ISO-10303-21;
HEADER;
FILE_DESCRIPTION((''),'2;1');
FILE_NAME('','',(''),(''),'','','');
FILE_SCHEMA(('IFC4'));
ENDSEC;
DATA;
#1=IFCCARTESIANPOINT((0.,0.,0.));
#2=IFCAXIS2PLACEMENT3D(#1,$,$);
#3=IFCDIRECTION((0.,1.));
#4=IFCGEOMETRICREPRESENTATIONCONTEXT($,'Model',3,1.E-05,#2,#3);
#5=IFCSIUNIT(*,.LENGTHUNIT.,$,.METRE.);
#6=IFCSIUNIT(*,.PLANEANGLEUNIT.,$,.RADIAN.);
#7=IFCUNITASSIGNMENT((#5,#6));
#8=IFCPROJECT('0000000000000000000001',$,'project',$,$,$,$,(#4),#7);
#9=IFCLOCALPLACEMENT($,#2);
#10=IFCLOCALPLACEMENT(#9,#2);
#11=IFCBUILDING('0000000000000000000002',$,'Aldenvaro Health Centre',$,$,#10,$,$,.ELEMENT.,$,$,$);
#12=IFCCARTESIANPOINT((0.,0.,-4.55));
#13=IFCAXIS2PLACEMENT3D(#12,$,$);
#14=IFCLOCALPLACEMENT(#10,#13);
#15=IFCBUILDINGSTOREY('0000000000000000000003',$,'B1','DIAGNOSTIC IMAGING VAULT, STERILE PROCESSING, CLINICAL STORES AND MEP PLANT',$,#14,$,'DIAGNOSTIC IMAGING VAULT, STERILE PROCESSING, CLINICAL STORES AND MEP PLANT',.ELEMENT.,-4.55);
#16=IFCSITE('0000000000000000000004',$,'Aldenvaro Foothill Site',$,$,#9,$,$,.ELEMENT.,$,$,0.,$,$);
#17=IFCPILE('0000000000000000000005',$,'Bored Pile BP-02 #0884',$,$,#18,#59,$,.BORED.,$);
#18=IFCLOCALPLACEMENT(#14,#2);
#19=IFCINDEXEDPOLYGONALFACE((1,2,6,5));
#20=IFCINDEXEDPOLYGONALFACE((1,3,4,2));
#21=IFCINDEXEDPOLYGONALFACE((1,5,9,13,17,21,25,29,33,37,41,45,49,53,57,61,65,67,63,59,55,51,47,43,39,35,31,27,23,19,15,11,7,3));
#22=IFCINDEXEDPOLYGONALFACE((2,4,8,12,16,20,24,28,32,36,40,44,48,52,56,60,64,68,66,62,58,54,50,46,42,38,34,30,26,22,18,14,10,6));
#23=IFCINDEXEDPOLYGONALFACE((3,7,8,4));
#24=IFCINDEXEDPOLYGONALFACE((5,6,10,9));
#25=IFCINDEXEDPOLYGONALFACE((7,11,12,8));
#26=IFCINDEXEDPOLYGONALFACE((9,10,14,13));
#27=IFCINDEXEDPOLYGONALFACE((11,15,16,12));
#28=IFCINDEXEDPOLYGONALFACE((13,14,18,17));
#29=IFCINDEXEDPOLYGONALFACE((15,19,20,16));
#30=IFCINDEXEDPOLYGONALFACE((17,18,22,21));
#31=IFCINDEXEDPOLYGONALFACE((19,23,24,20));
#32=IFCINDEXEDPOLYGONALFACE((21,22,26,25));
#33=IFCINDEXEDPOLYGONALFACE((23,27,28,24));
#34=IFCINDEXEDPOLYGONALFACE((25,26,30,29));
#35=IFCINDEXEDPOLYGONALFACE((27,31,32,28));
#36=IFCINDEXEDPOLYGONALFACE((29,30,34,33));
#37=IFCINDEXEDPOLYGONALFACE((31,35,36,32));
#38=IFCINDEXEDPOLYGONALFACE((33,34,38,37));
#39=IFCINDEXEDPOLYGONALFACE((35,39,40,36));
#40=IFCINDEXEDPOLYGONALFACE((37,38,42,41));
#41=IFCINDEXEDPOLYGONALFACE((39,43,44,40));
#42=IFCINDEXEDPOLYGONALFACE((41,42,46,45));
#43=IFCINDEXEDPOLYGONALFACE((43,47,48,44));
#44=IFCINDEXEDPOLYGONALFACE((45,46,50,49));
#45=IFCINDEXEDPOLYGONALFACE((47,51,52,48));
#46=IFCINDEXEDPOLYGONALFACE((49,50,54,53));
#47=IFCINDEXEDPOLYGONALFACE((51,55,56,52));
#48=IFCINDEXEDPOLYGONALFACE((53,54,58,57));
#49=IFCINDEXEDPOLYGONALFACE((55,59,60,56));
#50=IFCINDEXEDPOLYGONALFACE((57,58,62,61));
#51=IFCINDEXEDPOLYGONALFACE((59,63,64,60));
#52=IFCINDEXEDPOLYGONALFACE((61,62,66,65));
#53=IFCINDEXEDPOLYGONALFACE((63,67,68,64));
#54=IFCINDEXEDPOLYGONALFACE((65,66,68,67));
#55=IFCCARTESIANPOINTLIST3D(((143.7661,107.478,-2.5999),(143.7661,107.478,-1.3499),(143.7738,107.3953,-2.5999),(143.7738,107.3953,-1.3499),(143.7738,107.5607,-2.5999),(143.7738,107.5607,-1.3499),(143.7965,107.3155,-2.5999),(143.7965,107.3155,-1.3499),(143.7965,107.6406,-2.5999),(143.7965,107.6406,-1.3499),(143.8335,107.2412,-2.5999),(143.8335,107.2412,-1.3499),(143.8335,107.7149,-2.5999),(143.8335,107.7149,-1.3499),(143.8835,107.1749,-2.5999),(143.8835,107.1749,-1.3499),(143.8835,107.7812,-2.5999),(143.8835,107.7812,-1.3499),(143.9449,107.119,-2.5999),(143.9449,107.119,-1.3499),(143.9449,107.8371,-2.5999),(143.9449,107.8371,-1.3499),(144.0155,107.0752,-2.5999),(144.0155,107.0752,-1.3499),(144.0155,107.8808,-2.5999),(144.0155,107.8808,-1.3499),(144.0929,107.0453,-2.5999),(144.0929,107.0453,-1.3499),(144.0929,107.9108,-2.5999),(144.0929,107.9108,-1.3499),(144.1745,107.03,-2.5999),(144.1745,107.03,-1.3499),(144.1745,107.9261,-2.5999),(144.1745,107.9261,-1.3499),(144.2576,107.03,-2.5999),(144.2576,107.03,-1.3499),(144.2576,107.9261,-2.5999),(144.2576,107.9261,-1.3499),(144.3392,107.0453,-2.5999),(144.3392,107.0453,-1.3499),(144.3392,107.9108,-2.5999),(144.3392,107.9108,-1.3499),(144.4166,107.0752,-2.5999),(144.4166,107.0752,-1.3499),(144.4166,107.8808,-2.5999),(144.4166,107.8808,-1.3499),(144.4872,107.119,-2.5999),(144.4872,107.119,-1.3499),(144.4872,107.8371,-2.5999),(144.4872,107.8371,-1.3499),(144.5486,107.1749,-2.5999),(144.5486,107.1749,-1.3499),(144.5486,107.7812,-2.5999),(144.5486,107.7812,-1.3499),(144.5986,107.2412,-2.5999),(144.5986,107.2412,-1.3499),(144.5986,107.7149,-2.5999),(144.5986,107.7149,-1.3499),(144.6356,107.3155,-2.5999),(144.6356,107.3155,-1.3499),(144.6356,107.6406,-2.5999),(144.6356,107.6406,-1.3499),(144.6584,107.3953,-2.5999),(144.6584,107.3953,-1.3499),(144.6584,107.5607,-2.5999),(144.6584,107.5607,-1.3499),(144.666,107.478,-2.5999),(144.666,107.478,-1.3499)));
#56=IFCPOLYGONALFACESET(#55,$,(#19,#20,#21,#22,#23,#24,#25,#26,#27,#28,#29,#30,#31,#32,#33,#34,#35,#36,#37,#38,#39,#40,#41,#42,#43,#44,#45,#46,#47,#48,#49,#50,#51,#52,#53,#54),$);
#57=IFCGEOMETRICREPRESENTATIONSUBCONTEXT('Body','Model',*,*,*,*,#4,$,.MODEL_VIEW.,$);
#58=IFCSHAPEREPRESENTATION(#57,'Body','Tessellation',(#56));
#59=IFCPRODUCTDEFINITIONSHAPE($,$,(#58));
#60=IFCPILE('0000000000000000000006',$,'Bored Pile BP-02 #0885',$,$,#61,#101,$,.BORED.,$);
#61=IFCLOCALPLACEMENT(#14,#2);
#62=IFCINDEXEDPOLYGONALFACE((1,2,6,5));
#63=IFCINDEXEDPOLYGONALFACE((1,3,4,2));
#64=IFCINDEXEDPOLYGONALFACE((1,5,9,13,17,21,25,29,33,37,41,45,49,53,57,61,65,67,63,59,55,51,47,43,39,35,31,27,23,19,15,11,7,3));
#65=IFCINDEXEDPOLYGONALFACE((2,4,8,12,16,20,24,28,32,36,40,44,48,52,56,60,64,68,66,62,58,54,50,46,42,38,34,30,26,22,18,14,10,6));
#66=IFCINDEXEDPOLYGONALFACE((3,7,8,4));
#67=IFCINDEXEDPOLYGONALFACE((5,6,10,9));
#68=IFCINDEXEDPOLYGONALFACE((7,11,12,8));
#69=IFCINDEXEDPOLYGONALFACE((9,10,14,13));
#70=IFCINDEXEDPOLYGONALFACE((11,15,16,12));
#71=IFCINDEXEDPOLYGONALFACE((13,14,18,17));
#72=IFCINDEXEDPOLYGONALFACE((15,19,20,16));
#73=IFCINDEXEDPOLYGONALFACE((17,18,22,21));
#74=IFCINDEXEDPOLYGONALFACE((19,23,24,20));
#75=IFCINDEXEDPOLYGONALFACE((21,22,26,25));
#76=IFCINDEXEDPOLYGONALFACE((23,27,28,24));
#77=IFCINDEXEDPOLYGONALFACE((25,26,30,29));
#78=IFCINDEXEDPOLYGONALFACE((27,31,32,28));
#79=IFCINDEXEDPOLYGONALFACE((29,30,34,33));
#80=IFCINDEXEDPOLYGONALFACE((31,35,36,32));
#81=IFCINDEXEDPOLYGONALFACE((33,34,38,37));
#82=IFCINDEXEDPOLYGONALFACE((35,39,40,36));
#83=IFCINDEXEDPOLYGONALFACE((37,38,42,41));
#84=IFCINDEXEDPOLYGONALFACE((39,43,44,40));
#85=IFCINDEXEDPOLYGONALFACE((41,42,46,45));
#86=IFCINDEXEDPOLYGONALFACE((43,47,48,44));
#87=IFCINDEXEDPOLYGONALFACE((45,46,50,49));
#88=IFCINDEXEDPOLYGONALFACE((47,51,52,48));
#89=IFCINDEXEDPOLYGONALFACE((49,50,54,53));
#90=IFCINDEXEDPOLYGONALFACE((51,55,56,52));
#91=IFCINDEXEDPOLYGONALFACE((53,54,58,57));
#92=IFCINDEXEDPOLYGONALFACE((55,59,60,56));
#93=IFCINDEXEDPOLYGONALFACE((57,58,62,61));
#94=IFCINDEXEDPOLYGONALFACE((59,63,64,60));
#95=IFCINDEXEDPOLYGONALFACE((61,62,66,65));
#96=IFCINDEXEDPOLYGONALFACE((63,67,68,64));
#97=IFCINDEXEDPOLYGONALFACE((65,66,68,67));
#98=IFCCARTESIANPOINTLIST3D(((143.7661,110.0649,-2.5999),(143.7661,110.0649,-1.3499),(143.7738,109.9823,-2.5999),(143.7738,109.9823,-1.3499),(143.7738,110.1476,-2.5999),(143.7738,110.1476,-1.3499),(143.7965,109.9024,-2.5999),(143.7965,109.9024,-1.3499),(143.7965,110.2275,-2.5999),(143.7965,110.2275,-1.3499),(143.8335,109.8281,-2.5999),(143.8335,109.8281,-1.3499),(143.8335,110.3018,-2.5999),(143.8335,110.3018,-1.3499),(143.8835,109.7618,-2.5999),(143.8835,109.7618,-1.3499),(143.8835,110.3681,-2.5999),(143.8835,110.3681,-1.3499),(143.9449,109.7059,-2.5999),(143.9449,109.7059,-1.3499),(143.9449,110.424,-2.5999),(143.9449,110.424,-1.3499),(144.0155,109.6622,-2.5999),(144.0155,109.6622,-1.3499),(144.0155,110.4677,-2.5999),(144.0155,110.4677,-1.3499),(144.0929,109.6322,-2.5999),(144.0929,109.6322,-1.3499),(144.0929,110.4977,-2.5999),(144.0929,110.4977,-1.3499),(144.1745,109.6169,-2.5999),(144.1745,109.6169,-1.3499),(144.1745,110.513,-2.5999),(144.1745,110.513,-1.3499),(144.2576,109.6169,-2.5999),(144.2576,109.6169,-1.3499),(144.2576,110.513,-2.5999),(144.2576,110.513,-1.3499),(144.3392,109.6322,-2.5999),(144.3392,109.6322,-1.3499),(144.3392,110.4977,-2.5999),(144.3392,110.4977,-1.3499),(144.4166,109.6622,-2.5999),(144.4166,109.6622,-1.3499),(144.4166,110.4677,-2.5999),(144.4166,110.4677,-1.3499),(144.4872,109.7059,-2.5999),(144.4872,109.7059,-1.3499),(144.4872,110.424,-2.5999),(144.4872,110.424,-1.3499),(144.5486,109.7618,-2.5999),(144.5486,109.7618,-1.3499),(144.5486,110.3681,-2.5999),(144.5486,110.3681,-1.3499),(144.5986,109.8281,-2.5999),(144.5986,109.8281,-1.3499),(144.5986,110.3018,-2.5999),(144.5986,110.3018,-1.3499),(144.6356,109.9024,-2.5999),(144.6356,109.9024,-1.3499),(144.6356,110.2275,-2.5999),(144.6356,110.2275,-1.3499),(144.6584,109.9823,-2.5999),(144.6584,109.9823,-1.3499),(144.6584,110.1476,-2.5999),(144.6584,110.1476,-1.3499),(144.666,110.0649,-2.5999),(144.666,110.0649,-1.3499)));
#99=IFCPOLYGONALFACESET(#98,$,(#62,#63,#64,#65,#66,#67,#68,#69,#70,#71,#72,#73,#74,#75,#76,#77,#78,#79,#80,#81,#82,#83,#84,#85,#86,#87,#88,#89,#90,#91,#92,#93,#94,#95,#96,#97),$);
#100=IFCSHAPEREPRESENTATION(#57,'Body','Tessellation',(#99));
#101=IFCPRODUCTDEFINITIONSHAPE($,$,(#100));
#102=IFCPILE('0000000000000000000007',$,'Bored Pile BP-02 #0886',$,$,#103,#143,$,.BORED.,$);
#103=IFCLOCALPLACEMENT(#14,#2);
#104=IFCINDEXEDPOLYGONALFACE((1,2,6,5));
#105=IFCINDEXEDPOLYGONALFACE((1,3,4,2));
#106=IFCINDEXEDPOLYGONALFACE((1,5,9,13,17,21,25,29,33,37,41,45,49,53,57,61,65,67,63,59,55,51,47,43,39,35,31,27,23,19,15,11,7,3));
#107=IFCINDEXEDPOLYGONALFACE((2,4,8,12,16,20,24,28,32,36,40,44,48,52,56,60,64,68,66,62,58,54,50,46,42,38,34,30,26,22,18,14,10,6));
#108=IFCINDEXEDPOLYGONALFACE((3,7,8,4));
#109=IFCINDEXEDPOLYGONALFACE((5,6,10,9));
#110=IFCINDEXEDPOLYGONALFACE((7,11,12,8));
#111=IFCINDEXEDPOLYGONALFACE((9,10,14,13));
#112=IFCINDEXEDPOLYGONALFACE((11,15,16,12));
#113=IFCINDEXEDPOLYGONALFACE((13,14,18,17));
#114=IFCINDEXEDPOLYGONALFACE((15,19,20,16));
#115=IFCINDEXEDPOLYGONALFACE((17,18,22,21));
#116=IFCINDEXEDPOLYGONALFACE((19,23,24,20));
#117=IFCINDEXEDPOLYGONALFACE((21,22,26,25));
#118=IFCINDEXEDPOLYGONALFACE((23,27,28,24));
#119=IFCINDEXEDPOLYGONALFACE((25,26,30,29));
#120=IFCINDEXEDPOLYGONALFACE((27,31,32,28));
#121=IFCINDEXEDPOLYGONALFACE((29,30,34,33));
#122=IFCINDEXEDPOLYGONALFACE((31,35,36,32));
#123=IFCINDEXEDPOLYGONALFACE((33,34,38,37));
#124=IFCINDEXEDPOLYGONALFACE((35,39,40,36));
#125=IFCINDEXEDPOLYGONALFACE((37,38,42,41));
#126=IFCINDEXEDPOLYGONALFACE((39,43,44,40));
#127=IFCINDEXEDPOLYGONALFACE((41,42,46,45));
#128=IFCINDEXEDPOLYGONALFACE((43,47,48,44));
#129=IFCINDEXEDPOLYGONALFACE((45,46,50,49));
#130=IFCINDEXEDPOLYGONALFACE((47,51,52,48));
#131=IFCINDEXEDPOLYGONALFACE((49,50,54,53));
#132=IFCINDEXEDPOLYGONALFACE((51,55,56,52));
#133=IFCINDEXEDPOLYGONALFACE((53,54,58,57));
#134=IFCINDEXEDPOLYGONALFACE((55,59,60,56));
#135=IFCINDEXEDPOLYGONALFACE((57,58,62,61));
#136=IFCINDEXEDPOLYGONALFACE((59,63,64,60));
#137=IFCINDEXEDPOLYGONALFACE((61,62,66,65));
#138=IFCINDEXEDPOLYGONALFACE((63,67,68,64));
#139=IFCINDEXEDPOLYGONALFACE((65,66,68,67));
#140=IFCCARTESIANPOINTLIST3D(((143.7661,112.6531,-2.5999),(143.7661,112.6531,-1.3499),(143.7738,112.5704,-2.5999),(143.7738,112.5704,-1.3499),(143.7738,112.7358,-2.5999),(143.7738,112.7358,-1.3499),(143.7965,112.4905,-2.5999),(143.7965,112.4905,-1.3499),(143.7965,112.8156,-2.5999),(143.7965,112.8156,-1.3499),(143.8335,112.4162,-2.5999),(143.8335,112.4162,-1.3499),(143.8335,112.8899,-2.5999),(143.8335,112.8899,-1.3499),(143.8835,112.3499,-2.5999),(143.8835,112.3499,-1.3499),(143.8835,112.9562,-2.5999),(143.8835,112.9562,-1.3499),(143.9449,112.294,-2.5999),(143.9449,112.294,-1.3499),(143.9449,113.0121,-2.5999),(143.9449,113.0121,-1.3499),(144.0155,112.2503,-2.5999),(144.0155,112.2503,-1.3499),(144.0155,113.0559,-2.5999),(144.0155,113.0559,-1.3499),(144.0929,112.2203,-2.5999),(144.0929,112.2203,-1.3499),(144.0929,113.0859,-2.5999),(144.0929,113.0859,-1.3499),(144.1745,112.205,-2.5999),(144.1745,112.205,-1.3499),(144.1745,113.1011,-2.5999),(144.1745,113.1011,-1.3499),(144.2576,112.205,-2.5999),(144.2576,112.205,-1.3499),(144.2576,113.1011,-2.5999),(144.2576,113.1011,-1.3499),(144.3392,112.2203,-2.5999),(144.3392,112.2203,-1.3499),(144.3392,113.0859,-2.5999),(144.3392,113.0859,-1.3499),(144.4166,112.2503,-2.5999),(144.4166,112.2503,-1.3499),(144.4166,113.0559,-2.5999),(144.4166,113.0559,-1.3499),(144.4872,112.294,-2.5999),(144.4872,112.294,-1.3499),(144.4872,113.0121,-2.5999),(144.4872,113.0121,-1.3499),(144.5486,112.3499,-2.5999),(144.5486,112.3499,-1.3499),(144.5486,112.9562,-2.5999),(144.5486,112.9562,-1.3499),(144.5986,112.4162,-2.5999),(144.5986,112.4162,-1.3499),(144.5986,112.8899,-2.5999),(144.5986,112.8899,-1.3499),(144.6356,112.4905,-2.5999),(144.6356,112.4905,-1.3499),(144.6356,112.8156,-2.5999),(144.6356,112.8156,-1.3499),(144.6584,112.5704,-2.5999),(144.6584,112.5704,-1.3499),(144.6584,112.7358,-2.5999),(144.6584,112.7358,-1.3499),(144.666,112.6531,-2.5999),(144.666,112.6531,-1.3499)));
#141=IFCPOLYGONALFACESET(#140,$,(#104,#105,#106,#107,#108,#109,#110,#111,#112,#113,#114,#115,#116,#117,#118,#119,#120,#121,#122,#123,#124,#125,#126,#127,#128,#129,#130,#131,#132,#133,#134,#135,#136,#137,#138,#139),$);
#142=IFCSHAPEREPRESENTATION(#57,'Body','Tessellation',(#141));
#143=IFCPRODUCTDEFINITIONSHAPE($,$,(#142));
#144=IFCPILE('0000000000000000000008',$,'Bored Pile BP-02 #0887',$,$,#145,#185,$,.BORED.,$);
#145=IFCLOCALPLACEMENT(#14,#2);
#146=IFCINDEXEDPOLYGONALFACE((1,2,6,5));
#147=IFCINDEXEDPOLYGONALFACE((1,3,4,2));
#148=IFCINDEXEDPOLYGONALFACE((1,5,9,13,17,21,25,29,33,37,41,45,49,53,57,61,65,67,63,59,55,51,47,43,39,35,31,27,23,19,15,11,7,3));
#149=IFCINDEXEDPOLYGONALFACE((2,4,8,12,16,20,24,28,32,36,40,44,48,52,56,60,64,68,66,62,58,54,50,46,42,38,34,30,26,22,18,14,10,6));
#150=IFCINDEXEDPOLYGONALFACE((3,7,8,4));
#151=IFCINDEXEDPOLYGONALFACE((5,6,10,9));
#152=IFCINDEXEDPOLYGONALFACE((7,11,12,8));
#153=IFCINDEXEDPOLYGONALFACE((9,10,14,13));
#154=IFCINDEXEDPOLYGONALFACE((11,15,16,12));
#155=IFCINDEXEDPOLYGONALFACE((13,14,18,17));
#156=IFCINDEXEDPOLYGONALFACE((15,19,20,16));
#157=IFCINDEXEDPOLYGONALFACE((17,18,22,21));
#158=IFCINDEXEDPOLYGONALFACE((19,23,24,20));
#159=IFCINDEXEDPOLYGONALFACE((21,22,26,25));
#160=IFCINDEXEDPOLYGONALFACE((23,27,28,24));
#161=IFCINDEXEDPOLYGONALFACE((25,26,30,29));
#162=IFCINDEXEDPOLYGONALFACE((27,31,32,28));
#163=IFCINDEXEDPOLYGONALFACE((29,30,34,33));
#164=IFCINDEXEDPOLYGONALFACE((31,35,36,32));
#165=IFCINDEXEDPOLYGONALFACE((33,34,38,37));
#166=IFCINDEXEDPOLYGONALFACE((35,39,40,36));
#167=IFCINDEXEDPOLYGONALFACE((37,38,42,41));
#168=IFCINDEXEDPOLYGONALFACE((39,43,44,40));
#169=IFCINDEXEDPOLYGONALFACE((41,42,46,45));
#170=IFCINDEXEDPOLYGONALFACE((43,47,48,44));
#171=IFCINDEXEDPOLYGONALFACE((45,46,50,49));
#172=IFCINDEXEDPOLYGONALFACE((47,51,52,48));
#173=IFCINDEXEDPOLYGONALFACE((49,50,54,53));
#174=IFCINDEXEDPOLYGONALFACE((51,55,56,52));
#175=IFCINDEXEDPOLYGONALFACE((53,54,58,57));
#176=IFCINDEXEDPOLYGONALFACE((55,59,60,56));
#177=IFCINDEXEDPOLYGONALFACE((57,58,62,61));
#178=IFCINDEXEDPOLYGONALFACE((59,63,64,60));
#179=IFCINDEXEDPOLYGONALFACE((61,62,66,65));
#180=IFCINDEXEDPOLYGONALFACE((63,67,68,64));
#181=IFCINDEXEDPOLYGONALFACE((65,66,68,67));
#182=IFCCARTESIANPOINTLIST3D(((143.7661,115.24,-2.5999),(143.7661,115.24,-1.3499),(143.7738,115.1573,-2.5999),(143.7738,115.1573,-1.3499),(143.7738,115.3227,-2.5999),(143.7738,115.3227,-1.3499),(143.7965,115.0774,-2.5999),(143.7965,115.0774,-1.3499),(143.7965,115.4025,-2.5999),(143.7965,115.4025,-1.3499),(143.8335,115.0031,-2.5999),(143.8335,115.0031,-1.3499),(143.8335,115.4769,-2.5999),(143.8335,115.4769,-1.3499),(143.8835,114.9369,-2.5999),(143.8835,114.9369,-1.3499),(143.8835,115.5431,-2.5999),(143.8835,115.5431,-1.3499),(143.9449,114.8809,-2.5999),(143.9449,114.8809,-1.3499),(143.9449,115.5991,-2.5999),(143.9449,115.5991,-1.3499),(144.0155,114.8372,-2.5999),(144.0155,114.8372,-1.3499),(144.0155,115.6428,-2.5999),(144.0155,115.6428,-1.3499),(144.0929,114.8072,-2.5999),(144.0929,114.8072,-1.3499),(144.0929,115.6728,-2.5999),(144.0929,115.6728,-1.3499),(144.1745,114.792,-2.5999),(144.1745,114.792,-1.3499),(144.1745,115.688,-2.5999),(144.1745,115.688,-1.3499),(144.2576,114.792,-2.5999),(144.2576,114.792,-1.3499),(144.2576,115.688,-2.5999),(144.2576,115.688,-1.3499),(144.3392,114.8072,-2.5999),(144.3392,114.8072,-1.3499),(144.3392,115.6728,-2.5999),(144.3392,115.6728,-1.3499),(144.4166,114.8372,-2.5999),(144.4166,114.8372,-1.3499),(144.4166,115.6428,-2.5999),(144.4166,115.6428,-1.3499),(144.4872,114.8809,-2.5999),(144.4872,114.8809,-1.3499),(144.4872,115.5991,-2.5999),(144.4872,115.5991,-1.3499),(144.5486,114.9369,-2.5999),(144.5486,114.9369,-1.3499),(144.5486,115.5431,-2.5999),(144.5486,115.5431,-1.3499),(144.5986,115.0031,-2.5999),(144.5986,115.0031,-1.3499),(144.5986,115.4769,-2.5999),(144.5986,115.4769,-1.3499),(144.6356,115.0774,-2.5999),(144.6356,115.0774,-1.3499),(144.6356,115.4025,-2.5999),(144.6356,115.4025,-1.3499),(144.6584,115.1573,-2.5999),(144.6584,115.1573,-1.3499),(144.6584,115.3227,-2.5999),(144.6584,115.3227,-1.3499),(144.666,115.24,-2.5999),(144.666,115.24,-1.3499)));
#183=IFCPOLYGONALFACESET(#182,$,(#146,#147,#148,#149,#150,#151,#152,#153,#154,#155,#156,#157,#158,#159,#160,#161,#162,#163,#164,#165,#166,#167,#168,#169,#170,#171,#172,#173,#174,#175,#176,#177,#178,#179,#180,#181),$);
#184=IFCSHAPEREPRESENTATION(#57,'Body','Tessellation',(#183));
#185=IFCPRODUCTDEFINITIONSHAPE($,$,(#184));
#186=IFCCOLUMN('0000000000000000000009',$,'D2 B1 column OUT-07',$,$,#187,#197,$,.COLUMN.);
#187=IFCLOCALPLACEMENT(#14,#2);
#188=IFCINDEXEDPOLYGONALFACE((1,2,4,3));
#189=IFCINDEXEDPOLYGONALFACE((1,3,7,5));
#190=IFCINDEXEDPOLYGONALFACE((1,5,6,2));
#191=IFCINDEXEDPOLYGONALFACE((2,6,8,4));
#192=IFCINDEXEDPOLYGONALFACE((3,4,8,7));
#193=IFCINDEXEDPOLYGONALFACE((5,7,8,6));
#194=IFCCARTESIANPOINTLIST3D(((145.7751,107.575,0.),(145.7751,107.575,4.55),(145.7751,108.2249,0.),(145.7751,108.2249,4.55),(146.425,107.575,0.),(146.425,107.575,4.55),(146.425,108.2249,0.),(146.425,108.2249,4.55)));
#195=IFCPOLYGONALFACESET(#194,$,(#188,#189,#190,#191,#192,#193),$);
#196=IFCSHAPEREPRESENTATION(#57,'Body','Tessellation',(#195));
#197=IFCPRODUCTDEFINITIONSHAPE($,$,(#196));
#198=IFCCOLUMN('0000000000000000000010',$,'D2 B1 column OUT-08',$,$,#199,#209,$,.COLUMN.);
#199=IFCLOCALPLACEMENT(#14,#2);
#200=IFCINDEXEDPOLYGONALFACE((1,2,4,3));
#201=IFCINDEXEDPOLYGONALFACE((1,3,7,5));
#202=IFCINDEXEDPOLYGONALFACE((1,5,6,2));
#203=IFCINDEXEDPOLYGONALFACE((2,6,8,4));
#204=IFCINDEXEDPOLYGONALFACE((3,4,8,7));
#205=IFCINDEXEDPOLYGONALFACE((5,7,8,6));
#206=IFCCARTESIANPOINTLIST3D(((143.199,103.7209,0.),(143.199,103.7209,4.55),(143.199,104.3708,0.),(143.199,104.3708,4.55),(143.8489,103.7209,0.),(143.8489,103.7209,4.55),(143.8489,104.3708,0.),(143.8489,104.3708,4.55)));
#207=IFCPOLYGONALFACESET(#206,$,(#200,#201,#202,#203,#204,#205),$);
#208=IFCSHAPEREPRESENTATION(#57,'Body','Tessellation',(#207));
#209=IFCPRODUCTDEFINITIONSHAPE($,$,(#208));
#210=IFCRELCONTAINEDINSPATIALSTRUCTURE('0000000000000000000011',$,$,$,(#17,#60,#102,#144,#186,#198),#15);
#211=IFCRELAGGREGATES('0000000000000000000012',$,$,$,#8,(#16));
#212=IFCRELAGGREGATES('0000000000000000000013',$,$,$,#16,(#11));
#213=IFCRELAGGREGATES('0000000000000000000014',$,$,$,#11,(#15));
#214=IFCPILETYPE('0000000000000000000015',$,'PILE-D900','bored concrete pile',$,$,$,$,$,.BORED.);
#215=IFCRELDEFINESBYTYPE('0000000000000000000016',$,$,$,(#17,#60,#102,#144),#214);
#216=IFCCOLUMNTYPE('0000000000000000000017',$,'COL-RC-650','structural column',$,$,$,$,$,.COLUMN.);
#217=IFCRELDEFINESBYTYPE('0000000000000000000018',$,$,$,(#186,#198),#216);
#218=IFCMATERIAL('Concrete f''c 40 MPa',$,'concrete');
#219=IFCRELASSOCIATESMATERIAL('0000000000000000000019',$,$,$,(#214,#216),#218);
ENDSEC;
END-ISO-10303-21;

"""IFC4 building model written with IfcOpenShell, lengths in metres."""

from ifc_helpers import new_model, si_unit, direction, frame, origin, origin_2d, place, context, subcontext, project, spatial, rectangle, circle, extrude, material, material_profile, profile_set, type_object, element, save


model = new_model("IFC4")

# Units and contexts
model_context = context("Model", 3, precision=1e-05, world=origin(), true_north=direction((0.0, 1.0)))
body_context = subcontext(model_context, "Body", "Model", "MODEL_VIEW")
ifc_project = project(units=[si_unit("LENGTHUNIT", "METRE"), si_unit("PLANEANGLEUNIT", "RADIAN")], contexts=[model_context])

# Site, building, storey
site_placement = place(None, origin())
site = spatial("IfcSite", under=ifc_project, at=site_placement, Name="Aldenvaro Foothill Site", CompositionType="ELEMENT", RefElevation=0.0)
building_placement = place(site_placement, origin())
building = spatial("IfcBuilding", under=site, at=building_placement, Name="Aldenvaro Health Centre", CompositionType="ELEMENT")
storey_placement = place(building_placement, frame((0.0, 0.0, -4.55)))
storey = spatial("IfcBuildingStorey", under=building, at=storey_placement, Name="B1", Description="DIAGNOSTIC IMAGING VAULT, STERILE PROCESSING, CLINICAL STORES AND MEP PLANT", LongName="DIAGNOSTIC IMAGING VAULT, STERILE PROCESSING, CLINICAL STORES AND MEP PLANT", CompositionType="ELEMENT", Elevation=-4.55)

# Piles
ifc_material_1 = material(Name="Concrete f'c 40 MPa", Category="concrete")
ifc_material_profile_1 = material_profile(ifc_material_1, circle(Radius=0.45, at=origin_2d()), Name="PILE D900", Category="concrete")
ifc_profile_set_1 = profile_set([ifc_material_profile_1], Name="Concrete f'c 40 MPa")
pile_type = type_object("IfcPileType", Name="PILE-D900", Description="bored concrete pile", PredefinedType="BORED", material=ifc_profile_set_1)
for number, where, z_axis, x_axis, name in (
    (1, (144.2161, 107.478, -1.3499), (0.0, 0.0, -1.0), (1.0, 0.0, 0.0), "Bored Pile BP-02 #0884"),
    (2, (144.2161, 110.0649, -1.3499), (0.0, 0.0, -1.0), (1.0, 0.0, 0.0), "Bored Pile BP-02 #0885"),
    (3, (144.2161, 112.6531, -1.3499), (0.0, 0.0, -1.0), (1.0, 0.0, 0.0), "Bored Pile BP-02 #0886"),
    (4, (144.2161, 115.24, -1.3499), (0.0, 0.0, -1.0), (1.0, 0.0, 0.0), "Bored Pile BP-02 #0887"),
):
    element("IfcPile", number, at=place(storey_placement, frame(where, z_axis=z_axis, x_axis=x_axis)), inside=storey, type_object=pile_type, Name=name, PredefinedType="BORED", context=body_context, shape_type="SweptSolid", body=[
        extrude(circle(Radius=0.45, at=origin_2d()), origin(), (0.0, 0.0, 1.0), 1.25),
    ])

# Columns
ifc_material_profile_2 = material_profile(ifc_material_1, rectangle(XDim=0.6499, YDim=0.6499, at=origin_2d()), Name="RC 650x650", Category="concrete")
ifc_profile_set_2 = profile_set([ifc_material_profile_2], Name="Concrete f'c 40 MPa")
column_type = type_object("IfcColumnType", Name="COL-RC-650", Description="structural column", PredefinedType="COLUMN", material=ifc_profile_set_2)
for number, where, z_axis, x_axis, name in (
    (5, (146.1001, 107.8999, 0.0), (0.0, 0.0, 1.0), (1.0, 0.0, 0.0), "D2 B1 column OUT-07"),
    (6, (143.5239, 104.0459, 0.0), (0.0, 0.0, 1.0), (1.0, 0.0, 0.0), "D2 B1 column OUT-08"),
):
    element("IfcColumn", number, at=place(storey_placement, frame(where, z_axis=z_axis, x_axis=x_axis)), inside=storey, type_object=column_type, Name=name, PredefinedType="COLUMN", context=body_context, shape_type="SweptSolid", body=[
        extrude(rectangle(XDim=0.6499, YDim=0.6499, at=origin_2d()), origin(), (0.0, 0.0, 1.0), 4.55),
    ])

save(model, "model.ifc")
